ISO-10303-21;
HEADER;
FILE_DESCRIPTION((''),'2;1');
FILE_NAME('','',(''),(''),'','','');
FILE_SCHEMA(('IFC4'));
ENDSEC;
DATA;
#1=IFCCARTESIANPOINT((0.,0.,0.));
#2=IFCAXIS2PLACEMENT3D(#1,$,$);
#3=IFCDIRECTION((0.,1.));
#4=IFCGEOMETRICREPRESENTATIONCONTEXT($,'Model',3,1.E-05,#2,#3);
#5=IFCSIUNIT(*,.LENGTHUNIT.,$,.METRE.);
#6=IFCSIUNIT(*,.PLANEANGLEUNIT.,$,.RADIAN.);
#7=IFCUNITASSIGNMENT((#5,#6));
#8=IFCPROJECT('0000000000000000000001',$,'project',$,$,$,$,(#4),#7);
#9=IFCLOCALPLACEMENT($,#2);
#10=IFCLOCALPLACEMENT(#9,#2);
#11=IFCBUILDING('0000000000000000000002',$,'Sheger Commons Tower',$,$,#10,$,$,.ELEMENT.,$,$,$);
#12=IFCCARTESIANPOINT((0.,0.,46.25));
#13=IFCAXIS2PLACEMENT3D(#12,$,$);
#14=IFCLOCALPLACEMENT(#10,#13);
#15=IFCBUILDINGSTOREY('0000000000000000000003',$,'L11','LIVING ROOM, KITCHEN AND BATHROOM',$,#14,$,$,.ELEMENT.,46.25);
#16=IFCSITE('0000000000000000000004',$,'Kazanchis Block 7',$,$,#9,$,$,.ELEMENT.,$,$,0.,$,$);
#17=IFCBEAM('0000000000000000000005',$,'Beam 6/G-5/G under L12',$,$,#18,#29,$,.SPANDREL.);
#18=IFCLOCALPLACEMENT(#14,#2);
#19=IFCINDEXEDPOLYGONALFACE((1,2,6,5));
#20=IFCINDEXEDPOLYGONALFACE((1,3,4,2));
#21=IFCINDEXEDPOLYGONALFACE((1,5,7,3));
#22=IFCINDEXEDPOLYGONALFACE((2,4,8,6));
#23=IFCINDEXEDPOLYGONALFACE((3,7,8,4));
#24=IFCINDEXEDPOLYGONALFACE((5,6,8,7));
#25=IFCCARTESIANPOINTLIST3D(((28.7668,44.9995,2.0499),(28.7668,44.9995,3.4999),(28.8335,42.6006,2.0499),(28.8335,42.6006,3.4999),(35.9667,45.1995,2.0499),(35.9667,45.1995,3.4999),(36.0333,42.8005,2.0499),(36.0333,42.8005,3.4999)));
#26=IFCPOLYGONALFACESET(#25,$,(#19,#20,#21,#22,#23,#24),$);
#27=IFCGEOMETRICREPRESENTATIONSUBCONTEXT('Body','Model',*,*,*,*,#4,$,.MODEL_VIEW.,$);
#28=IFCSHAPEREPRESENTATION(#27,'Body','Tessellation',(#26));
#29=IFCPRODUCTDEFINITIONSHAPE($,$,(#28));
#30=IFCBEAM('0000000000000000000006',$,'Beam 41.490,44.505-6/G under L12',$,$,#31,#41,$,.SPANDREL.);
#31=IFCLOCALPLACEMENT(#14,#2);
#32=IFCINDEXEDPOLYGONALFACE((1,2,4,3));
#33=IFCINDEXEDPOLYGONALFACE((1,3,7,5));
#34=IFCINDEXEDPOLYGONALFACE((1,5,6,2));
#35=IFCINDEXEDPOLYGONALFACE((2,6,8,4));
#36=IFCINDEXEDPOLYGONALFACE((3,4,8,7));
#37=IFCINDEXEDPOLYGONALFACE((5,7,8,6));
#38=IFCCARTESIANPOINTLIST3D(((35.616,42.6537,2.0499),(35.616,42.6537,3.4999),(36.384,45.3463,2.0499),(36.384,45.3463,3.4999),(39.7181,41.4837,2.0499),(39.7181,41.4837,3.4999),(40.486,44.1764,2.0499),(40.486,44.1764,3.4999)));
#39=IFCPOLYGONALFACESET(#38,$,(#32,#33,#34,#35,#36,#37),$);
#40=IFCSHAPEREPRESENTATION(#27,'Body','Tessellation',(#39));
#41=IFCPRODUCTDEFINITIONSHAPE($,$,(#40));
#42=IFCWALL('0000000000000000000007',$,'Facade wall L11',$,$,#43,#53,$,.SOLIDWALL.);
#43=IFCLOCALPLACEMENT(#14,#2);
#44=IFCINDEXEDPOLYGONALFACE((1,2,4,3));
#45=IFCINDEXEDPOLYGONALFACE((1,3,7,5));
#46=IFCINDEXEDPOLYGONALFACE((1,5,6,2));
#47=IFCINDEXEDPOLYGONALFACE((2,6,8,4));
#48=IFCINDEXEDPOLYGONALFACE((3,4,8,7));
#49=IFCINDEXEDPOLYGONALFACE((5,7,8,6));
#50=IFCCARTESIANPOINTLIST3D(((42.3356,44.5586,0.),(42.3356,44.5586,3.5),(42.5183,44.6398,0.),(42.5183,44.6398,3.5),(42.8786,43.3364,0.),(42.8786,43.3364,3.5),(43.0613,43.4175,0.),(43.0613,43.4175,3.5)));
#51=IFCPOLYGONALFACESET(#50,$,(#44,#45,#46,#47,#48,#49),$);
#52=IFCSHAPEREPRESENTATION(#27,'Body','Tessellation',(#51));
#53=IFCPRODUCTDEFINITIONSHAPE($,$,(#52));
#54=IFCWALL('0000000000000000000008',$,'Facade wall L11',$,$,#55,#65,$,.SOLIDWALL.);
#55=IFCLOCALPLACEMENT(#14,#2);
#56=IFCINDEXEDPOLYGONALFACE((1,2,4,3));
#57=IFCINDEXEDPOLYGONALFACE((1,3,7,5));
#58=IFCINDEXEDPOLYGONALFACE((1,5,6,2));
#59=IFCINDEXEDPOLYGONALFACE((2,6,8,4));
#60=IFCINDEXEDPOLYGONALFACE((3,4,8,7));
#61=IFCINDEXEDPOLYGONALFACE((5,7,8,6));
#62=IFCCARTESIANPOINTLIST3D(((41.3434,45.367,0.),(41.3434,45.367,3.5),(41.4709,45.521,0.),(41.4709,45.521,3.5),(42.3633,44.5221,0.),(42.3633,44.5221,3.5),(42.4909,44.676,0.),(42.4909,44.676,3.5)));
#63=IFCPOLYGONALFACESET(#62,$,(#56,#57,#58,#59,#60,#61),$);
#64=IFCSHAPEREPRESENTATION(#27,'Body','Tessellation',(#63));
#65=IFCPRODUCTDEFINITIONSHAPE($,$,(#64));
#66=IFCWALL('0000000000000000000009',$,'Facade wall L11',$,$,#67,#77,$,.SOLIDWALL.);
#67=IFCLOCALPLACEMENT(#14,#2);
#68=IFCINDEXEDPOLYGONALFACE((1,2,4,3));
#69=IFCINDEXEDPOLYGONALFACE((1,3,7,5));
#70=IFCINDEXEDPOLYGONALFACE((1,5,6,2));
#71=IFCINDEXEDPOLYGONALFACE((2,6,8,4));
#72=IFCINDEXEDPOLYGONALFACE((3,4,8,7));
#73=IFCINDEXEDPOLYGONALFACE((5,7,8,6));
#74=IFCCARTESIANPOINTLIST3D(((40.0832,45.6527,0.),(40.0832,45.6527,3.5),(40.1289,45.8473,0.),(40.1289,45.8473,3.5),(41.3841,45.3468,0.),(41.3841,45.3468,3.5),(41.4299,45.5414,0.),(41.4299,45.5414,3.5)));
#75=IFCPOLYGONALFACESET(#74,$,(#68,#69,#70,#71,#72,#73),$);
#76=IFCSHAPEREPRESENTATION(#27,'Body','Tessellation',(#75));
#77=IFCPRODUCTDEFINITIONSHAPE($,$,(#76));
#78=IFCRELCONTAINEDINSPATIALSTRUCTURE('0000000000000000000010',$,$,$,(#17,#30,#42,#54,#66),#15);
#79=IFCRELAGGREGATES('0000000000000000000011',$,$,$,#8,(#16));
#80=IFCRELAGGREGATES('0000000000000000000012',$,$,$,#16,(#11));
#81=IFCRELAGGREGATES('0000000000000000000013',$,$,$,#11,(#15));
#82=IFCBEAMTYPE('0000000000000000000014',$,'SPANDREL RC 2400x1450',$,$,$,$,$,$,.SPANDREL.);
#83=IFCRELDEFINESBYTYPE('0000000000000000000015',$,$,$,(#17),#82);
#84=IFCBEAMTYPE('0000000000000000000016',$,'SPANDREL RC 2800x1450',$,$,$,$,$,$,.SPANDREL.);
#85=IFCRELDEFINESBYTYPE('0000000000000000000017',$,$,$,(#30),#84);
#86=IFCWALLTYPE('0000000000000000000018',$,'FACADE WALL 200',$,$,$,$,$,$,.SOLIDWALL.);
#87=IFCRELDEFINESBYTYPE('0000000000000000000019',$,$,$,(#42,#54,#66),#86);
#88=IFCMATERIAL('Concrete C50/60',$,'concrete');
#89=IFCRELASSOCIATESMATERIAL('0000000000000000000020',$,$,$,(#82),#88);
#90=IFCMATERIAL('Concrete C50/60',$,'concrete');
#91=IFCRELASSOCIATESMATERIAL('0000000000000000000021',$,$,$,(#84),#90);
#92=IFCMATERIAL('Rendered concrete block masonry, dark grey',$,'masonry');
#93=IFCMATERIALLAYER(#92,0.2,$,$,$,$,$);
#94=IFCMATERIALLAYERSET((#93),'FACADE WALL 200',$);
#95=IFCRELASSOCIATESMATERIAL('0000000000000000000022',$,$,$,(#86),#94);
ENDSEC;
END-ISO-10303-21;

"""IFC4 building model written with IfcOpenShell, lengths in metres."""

from ifc_helpers import new_model, si_unit, direction, frame, frame_2d, origin, origin_2d, place, context, subcontext, project, spatial, rectangle, extrude, material, layer, layer_set, material_profile, profile_set, type_object, element, save


model = new_model("IFC4")

# Units and contexts
model_context = context("Model", 3, precision=1e-05, world=origin(), true_north=direction((0.0, 1.0)))
body_context = subcontext(model_context, "Body", "Model", "MODEL_VIEW")
ifc_project = project(units=[si_unit("LENGTHUNIT", "METRE"), si_unit("PLANEANGLEUNIT", "RADIAN")], contexts=[model_context])

# Site, building, storey
site_placement = place(None, origin())
site = spatial("IfcSite", under=ifc_project, at=site_placement, Name="Kazanchis Block 7", CompositionType="ELEMENT", RefElevation=0.0)
building_placement = place(site_placement, origin())
building = spatial("IfcBuilding", under=site, at=building_placement, Name="Sheger Commons Tower", CompositionType="ELEMENT")
storey_placement = place(building_placement, frame((0.0, 0.0, 46.25)))
storey = spatial("IfcBuildingStorey", under=building, at=storey_placement, Name="L11", Description="LIVING ROOM, KITCHEN AND BATHROOM", CompositionType="ELEMENT", Elevation=46.25)

# Beams
ifc_material_1 = material(Name="Concrete C50/60", Category="concrete")
ifc_material_profile_1 = material_profile(ifc_material_1, rectangle(XDim=2.3999, YDim=1.45, at=origin_2d()), Name="RC 2400x1450")
ifc_profile_set_1 = profile_set([ifc_material_profile_1], Name="Concrete C50/60")
beam_type_1 = type_object("IfcBeamType", Name="SPANDREL RC 2400x1450", PredefinedType="SPANDREL", material=ifc_profile_set_1)
beam_1_placement = place(storey_placement, frame((36.0, 44.0, 2.7749), z_axis=(-0.999615, -0.02776, 0.0), x_axis=(0.02776, -0.999615, 0.0)))
element("IfcBeam", 1, at=beam_1_placement, inside=storey, type_object=beam_type_1, Name="Beam 6/G-5/G under L12", PredefinedType="SPANDREL", context=body_context, shape_type="SweptSolid", body=[
    extrude(rectangle(XDim=2.3999, YDim=1.45, at=origin_2d()), origin(), (0.0, 0.0, 1.0), 7.2026),
])
ifc_material_2 = material(Name="Concrete C50/60", Category="concrete")
ifc_material_profile_2 = material_profile(ifc_material_2, rectangle(XDim=2.8, YDim=1.45, at=origin_2d()), Name="RC 2800x1450")
ifc_profile_set_2 = profile_set([ifc_material_profile_2], Name="Concrete C50/60")
beam_type_2 = type_object("IfcBeamType", Name="SPANDREL RC 2800x1450", PredefinedType="SPANDREL", material=ifc_profile_set_2)
beam_2_placement = place(storey_placement, frame((40.1021, 42.8301, 2.7749), z_axis=(-0.961653, 0.274268, 0.0), x_axis=(-0.274268, -0.961653, 0.0)))
element("IfcBeam", 2, at=beam_2_placement, inside=storey, type_object=beam_type_2, Name="Beam 41.490,44.505-6/G under L12", PredefinedType="SPANDREL", context=body_context, shape_type="SweptSolid", body=[
    extrude(rectangle(XDim=2.8, YDim=1.45, at=origin_2d()), origin(), (0.0, 0.0, 1.0), 4.2656),
])

# Walls
ifc_material_3 = material(Name="Rendered concrete block masonry, dark grey", Category="masonry")
ifc_layer_1 = layer(ifc_material_3, 0.2)
ifc_layer_set_1 = layer_set([ifc_layer_1], Name="FACADE WALL 200")
wall_type_1 = type_object("IfcWallType", Name="FACADE WALL 200", PredefinedType="SOLIDWALL", material=ifc_layer_set_1)
wall_1_placement = place(storey_placement, frame((42.97, 43.377, 0.0), z_axis=(0.0, 0.0, 1.0), x_axis=(-0.406003, 0.913872, 0.0)))
element("IfcWall", 3, at=wall_1_placement, inside=storey, type_object=wall_type_1, Name="Facade wall L11", PredefinedType="SOLIDWALL", context=body_context, shape_type="SweptSolid", body=[
    extrude(rectangle(XDim=1.3374, YDim=0.2, at=frame_2d((0.6687, 0.0))), origin(), (0.0, 0.0, 1.0), 3.5),
])
wall_2_placement = place(storey_placement, frame((42.427, 44.5991, 0.0), z_axis=(0.0, 0.0, 1.0), x_axis=(-0.770091, 0.637934, 0.0)))
element("IfcWall", 4, at=wall_2_placement, inside=storey, type_object=wall_type_1, Name="Facade wall L11", PredefinedType="SOLIDWALL", context=body_context, shape_type="SweptSolid", body=[
    extrude(rectangle(XDim=1.3245, YDim=0.2, at=frame_2d((0.6621, 0.0))), origin(), (0.0, 0.0, 1.0), 3.5),
])
wall_3_placement = place(storey_placement, frame((41.407, 45.4441, 0.0), z_axis=(0.0, 0.0, 1.0), x_axis=(-0.973453, 0.228887, 0.0)))
element("IfcWall", 5, at=wall_3_placement, inside=storey, type_object=wall_type_1, Name="Facade wall L11", PredefinedType="SOLIDWALL", context=body_context, shape_type="SweptSolid", body=[
    extrude(rectangle(XDim=1.3364, YDim=0.2, at=frame_2d((0.6682, 0.0))), origin(), (0.0, 0.0, 1.0), 3.5),
])

save(model, "model.ifc")
